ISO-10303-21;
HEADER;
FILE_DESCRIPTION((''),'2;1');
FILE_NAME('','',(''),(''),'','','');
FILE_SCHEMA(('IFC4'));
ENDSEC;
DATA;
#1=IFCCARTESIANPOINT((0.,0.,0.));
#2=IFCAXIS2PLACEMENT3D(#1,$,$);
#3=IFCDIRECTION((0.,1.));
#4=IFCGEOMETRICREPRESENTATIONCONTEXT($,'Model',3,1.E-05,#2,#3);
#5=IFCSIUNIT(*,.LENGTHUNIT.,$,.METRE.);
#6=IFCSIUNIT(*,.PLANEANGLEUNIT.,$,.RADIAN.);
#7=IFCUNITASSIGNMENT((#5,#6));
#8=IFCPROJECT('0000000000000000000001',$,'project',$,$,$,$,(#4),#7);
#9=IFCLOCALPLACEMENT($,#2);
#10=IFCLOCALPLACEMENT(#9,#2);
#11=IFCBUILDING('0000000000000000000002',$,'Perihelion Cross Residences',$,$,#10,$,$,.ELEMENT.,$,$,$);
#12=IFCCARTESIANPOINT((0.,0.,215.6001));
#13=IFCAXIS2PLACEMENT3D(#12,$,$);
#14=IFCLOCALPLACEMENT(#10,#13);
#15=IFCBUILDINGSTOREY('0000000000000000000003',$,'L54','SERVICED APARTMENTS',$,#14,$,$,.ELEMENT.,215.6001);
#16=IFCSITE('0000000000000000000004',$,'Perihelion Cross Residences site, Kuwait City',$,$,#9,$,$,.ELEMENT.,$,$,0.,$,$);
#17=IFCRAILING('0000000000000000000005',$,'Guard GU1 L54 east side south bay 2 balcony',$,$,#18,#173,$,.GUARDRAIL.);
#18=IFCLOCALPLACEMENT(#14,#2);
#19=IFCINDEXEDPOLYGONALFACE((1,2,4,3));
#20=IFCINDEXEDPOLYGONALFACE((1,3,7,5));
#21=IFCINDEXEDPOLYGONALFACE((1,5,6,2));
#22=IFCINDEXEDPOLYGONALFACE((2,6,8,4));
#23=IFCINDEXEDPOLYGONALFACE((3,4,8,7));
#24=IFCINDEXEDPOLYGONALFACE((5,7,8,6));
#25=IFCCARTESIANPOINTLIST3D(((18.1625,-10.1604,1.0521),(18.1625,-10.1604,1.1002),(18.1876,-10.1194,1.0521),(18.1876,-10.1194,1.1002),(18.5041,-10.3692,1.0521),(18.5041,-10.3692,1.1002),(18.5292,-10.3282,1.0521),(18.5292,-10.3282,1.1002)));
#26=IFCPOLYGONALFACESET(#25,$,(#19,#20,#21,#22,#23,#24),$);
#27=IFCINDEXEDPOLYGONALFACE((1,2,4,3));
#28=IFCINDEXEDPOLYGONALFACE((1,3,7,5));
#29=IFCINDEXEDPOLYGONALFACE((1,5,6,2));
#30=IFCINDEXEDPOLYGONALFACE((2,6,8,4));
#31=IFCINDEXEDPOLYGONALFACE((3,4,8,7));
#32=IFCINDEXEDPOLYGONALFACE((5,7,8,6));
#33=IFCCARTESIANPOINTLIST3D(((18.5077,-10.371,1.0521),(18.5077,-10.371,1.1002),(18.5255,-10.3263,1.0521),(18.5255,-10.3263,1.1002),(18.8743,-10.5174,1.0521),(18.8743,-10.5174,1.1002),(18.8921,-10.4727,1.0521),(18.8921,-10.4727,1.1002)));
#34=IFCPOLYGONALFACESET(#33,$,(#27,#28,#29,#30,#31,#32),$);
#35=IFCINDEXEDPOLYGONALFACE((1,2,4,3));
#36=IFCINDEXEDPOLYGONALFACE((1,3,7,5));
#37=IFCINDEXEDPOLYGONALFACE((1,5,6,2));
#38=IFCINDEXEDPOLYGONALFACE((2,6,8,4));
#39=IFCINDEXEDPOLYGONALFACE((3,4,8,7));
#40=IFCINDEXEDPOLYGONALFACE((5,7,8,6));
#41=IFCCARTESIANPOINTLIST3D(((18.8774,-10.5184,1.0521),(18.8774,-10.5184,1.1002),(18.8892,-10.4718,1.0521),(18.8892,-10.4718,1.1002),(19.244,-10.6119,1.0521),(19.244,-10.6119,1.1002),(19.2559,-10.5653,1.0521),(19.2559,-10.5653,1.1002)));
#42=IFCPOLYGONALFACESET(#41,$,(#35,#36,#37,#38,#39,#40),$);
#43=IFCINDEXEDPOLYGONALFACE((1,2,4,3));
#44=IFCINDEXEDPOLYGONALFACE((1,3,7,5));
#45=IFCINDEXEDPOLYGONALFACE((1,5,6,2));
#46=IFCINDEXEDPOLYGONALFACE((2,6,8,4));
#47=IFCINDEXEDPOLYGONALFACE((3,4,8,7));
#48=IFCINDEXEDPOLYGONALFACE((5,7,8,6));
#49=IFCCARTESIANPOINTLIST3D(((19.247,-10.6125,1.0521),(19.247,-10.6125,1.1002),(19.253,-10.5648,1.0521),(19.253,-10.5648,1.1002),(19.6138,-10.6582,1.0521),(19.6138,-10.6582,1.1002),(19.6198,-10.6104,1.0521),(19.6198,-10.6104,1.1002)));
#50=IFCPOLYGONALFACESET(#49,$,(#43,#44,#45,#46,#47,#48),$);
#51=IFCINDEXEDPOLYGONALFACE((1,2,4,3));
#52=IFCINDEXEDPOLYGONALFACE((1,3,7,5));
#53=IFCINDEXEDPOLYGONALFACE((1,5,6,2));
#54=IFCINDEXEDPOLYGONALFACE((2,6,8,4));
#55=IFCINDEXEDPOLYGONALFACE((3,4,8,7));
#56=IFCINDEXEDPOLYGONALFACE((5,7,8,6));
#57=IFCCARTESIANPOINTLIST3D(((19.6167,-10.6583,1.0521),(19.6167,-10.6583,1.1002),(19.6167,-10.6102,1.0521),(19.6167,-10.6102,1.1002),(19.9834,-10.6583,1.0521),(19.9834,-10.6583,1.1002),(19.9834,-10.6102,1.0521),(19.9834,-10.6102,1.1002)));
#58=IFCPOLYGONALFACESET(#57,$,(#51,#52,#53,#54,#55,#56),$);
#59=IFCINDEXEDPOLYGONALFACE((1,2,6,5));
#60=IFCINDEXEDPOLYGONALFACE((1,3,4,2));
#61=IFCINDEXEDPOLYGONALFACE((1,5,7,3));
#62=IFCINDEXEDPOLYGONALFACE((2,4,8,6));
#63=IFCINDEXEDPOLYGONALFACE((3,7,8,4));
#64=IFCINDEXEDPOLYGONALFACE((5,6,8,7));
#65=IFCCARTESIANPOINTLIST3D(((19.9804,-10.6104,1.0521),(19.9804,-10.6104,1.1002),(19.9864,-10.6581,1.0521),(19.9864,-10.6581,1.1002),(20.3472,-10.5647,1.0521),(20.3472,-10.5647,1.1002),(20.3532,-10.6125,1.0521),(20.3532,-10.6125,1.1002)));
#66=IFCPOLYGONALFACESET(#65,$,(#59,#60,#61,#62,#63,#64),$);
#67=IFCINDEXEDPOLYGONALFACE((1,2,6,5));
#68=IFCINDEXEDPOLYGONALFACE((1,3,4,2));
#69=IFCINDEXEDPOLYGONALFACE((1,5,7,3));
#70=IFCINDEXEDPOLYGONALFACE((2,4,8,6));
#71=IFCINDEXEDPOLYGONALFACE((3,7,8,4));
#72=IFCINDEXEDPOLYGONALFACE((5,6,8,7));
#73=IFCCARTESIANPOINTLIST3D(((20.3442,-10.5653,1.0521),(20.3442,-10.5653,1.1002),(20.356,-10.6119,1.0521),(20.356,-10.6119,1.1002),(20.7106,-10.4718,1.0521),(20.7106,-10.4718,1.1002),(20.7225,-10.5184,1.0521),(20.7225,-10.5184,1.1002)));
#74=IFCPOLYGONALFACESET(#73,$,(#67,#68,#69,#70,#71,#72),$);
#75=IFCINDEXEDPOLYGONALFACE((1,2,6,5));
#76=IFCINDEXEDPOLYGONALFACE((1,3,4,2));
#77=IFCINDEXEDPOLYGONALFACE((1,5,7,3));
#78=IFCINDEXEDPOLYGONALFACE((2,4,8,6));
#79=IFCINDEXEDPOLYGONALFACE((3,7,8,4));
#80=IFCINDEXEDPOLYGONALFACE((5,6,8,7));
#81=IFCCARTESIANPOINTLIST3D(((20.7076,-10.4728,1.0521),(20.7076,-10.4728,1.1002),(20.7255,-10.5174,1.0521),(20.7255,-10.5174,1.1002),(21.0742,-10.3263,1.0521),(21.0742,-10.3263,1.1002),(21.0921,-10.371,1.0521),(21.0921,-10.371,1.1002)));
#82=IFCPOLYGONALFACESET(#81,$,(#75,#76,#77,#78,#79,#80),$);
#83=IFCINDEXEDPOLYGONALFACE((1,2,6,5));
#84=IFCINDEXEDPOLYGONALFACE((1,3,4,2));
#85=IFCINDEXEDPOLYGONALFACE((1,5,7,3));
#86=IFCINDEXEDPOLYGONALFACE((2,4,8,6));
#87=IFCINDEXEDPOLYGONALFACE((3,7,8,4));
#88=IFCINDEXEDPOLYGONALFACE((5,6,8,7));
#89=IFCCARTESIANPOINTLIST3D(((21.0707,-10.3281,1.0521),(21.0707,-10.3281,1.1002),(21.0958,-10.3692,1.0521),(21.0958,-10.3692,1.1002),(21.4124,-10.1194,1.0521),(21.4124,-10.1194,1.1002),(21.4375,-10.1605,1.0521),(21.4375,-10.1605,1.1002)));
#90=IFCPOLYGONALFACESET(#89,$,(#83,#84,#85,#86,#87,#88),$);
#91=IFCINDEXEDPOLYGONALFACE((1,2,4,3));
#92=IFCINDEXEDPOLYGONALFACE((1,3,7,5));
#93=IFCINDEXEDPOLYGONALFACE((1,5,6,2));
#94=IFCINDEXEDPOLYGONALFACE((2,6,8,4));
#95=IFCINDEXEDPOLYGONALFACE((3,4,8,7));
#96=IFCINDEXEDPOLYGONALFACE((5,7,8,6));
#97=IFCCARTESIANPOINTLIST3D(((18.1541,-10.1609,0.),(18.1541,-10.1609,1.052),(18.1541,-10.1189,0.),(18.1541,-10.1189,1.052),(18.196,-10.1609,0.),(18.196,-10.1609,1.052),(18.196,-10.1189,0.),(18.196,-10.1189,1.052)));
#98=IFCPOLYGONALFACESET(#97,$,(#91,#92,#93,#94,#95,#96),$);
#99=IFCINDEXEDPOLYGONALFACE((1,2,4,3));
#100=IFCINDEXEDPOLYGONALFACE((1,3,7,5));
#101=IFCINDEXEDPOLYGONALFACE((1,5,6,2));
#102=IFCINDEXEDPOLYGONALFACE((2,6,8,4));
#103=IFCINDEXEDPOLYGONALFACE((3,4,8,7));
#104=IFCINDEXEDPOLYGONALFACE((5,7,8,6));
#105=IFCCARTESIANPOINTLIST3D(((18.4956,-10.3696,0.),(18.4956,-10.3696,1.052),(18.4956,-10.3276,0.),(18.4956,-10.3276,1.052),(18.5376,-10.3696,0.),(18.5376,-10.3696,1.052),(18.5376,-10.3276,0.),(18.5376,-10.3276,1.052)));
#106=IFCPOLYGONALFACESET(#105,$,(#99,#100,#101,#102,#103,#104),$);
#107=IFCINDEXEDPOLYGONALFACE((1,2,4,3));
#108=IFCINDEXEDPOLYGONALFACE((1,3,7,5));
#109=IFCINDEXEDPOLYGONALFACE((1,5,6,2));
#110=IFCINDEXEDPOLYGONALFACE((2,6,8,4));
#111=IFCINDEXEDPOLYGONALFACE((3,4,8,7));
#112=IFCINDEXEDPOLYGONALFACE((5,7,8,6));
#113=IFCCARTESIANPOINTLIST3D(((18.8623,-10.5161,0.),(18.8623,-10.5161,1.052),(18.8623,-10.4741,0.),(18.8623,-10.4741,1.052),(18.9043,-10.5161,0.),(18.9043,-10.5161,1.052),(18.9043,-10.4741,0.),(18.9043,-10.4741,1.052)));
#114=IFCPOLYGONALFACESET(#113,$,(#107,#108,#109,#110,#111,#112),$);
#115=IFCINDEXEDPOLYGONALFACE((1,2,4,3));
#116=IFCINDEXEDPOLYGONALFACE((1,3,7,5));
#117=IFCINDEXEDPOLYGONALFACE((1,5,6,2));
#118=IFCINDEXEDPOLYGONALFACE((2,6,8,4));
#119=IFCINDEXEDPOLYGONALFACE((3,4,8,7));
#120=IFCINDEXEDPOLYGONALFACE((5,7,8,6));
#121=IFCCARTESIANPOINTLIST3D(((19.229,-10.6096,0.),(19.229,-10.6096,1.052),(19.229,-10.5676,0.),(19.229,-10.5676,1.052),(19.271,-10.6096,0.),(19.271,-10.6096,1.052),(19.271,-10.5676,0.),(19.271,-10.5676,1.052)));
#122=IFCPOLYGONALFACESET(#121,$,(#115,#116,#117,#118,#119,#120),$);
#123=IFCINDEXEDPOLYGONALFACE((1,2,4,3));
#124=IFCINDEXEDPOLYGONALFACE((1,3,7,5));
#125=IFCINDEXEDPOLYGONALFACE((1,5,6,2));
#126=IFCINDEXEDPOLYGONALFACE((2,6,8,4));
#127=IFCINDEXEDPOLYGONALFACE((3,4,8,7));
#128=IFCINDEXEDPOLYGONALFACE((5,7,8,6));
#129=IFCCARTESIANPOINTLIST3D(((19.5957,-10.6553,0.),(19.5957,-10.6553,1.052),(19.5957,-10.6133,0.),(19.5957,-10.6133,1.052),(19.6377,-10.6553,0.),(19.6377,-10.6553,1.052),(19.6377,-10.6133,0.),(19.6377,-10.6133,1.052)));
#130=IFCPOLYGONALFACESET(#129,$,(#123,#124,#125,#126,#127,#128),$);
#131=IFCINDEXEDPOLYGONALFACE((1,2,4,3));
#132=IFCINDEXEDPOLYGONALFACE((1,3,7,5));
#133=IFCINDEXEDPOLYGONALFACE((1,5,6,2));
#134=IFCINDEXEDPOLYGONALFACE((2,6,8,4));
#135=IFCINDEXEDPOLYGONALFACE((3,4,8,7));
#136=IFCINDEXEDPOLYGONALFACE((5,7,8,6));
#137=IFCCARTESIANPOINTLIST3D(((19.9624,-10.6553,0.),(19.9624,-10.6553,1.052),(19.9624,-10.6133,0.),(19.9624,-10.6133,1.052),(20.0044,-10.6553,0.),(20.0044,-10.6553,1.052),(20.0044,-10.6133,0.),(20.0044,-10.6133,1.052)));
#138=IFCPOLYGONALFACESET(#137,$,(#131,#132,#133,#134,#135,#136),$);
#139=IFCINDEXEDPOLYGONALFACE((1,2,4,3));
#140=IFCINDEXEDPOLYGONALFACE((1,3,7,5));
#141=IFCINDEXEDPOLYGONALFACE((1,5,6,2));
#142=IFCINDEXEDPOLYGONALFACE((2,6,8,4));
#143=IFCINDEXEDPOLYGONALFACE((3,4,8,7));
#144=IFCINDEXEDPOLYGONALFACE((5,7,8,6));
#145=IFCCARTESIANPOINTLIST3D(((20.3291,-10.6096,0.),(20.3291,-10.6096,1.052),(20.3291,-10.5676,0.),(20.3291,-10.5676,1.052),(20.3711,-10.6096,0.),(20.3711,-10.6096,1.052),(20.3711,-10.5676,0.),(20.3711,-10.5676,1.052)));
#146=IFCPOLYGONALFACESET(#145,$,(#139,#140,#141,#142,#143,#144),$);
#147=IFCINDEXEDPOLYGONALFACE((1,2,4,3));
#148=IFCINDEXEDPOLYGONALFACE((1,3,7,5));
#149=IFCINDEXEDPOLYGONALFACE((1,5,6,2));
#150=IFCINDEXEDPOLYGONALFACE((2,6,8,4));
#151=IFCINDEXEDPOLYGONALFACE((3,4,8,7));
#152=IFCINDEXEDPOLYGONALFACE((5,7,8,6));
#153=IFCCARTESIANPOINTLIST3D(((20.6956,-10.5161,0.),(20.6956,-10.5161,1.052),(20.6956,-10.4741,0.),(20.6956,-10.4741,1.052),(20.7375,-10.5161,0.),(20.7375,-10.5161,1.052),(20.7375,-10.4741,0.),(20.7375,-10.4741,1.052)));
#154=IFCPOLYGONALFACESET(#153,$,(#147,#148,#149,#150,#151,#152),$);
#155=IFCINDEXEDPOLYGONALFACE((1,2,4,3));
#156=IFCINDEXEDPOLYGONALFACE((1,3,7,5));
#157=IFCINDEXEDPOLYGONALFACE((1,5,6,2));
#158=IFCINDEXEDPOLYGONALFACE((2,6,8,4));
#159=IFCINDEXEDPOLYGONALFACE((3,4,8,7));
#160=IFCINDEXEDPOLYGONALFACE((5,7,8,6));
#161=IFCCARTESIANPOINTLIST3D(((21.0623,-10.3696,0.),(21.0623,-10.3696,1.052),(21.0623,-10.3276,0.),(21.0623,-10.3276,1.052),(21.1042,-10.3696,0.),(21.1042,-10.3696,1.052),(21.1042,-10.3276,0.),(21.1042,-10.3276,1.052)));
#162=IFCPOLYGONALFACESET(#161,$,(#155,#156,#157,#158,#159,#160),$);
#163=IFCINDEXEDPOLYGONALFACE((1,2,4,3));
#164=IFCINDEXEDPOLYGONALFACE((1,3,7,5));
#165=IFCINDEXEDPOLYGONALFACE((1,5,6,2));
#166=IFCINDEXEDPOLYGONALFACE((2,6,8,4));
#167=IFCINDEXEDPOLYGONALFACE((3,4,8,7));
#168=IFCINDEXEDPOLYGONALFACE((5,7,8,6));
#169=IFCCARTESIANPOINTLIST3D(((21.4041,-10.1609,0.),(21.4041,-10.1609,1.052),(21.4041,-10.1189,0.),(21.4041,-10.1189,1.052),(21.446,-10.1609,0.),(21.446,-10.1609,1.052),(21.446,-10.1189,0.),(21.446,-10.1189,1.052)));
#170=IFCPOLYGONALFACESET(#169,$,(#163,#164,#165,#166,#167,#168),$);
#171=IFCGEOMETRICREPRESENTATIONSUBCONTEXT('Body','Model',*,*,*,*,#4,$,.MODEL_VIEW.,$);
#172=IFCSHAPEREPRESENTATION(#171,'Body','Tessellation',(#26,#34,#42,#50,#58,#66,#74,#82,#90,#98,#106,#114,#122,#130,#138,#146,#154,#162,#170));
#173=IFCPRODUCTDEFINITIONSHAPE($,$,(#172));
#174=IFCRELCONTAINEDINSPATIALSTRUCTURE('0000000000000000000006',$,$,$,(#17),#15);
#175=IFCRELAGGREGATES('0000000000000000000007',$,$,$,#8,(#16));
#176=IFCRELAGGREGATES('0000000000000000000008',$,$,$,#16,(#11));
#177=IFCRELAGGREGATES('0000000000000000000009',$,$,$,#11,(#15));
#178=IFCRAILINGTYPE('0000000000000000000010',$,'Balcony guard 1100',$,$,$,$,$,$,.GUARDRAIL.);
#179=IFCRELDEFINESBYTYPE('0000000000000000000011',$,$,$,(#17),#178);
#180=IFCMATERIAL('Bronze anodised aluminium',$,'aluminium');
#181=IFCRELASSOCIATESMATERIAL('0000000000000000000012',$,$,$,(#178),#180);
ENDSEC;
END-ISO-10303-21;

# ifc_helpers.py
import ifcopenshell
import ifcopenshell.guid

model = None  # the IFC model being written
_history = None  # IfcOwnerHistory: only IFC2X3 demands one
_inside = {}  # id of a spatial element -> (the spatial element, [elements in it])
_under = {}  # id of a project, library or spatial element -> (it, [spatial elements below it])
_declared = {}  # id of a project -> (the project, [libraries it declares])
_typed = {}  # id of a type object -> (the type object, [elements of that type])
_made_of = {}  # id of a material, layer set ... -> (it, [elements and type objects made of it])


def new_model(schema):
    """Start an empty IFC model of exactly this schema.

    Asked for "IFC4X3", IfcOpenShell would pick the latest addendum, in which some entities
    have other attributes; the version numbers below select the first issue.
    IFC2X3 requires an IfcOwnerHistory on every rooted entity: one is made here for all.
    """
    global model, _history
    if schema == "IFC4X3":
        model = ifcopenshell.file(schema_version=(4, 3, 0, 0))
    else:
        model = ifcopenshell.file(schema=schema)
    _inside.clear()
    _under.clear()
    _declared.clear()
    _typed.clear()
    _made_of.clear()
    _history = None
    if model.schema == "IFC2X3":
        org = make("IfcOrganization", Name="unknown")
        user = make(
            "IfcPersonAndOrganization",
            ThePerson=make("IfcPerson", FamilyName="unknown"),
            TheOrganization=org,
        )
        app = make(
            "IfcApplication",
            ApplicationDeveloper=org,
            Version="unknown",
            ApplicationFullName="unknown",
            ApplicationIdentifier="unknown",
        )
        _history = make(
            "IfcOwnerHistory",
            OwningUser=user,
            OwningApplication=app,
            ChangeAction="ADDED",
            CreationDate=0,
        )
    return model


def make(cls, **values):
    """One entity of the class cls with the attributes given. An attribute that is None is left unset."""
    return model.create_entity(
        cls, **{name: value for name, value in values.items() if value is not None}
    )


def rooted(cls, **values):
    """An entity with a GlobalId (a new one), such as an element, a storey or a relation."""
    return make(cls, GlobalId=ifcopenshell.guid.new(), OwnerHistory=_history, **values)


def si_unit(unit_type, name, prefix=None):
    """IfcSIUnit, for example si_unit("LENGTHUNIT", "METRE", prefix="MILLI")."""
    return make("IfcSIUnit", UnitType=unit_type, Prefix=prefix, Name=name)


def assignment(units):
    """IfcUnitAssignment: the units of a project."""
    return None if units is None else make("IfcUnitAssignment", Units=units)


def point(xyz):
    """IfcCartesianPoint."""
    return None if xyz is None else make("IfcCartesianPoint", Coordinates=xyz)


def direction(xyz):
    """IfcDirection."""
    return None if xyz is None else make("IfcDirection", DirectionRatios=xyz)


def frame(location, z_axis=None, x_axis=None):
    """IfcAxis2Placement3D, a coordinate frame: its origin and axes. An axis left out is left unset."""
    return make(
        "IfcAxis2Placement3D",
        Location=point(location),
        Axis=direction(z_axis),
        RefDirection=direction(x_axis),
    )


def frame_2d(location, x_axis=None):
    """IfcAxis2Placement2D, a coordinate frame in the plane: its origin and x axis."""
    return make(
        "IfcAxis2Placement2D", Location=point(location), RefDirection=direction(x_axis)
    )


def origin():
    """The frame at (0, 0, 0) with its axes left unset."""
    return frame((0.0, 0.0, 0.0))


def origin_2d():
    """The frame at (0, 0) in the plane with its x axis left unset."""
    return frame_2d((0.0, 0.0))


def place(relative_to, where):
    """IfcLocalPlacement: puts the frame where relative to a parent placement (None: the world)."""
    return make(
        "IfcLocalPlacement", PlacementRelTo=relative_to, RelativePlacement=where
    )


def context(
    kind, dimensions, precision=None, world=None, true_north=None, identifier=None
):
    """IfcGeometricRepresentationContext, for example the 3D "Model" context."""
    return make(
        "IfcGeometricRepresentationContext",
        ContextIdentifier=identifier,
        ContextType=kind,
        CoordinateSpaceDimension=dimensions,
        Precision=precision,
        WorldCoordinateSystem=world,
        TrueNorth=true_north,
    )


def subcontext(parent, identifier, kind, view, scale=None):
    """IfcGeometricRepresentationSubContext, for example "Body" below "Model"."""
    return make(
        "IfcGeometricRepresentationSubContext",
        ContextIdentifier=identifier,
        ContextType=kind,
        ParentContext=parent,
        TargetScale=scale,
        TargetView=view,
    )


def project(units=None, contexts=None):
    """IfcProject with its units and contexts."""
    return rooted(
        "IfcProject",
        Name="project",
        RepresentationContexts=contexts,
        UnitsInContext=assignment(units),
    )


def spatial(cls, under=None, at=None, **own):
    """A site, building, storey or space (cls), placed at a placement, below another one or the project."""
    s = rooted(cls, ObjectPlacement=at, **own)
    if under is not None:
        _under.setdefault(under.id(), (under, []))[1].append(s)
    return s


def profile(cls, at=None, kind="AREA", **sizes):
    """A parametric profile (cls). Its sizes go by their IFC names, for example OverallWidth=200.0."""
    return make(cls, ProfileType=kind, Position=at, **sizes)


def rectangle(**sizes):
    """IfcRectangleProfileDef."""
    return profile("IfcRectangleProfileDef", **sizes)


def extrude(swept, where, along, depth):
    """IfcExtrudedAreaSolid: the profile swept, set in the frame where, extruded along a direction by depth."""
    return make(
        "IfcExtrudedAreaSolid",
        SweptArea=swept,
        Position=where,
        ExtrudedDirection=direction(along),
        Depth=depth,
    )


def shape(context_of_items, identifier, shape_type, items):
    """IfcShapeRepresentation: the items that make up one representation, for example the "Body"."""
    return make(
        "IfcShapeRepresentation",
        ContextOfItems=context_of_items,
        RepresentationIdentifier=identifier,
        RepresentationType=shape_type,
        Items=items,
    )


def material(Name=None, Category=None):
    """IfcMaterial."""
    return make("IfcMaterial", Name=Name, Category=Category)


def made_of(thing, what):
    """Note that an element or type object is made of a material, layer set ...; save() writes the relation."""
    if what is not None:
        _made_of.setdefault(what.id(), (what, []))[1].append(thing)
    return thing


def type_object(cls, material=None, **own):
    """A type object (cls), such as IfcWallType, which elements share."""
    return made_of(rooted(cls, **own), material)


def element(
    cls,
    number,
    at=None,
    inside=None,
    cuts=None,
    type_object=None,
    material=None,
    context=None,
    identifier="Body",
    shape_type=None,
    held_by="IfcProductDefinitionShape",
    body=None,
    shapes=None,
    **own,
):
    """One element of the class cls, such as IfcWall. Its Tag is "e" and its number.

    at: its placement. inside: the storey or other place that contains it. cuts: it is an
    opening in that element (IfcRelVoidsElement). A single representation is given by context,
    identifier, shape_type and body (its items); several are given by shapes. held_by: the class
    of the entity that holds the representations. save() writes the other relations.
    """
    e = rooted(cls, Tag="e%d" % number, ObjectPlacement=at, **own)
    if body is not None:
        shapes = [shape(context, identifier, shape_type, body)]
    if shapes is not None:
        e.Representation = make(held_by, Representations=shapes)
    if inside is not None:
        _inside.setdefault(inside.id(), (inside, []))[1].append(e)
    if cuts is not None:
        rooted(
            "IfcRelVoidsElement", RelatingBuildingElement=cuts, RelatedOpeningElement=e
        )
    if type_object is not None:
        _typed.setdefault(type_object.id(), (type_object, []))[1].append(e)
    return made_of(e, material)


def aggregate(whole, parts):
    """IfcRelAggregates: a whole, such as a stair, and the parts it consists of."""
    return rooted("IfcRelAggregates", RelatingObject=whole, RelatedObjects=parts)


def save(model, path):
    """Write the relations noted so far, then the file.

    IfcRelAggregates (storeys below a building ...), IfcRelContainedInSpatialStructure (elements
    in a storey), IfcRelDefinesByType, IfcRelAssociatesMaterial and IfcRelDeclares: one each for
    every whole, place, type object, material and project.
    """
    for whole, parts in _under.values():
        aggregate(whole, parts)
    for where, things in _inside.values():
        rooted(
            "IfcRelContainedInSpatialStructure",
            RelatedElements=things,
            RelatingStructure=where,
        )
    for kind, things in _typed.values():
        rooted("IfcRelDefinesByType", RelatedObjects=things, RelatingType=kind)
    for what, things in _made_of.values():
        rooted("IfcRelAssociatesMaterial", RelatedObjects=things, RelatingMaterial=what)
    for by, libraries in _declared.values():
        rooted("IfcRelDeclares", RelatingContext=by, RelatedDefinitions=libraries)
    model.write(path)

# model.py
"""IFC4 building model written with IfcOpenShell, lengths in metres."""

from ifc_helpers import new_model, si_unit, direction, frame, origin, origin_2d, place, context, subcontext, project, spatial, rectangle, extrude, material, type_object, element, save


model = new_model("IFC4")

# Units and contexts
model_context = context("Model", 3, precision=1e-05, world=origin(), true_north=direction((0.0, 1.0)))
body_context = subcontext(model_context, "Body", "Model", "MODEL_VIEW")
ifc_project = project(units=[si_unit("LENGTHUNIT", "METRE"), si_unit("PLANEANGLEUNIT", "RADIAN")], contexts=[model_context])

# Site, building, storey
site_placement = place(None, origin())
site = spatial("IfcSite", under=ifc_project, at=site_placement, Name="Perihelion Cross Residences site, Kuwait City", CompositionType="ELEMENT", RefElevation=0.0)
building_placement = place(site_placement, origin())
building = spatial("IfcBuilding", under=site, at=building_placement, Name="Perihelion Cross Residences", CompositionType="ELEMENT")
storey_placement = place(building_placement, frame((0.0, 0.0, 215.6001)))
storey = spatial("IfcBuildingStorey", under=building, at=storey_placement, Name="L54", Description="SERVICED APARTMENTS", CompositionType="ELEMENT", Elevation=215.6001)

# Railing
ifc_material_1 = material(Name="Bronze anodised aluminium", Category="aluminium")
railing_type = type_object("IfcRailingType", Name="Balcony guard 1100", PredefinedType="GUARDRAIL", material=ifc_material_1)
railing_1_placement = place(storey_placement, frame((18.175, -10.1399, 0.0)))
element("IfcRailing", 1, at=railing_1_placement, inside=storey, type_object=railing_type, Name="Guard GU1 L54 east side south bay 2 balcony", PredefinedType="GUARDRAIL", context=body_context, shape_type="SweptSolid", body=[
    extrude(rectangle(XDim=0.0481, YDim=0.0481, at=origin_2d()), frame((0.0, 0.0, 1.0762), z_axis=(0.853267, -0.521475, 0.0), x_axis=(0.521475, 0.853267, 0.0)), (0.0, 0.0, 1.0), 0.4004),
    extrude(rectangle(XDim=0.0481, YDim=0.0481, at=origin_2d()), frame((0.3416, -0.2087, 1.0762), z_axis=(0.928647, -0.370964, 0.0), x_axis=(0.370964, 0.928647, 0.0)), (0.0, 0.0, 1.0), 0.3948),
    extrude(rectangle(XDim=0.0481, YDim=0.0481, at=origin_2d()), frame((0.7083, -0.3552, 1.0762), z_axis=(0.968993, -0.247087, 0.0), x_axis=(0.247087, 0.968993, 0.0)), (0.0, 0.0, 1.0), 0.3784),
    extrude(rectangle(XDim=0.0481, YDim=0.0481, at=origin_2d()), frame((1.075, -0.4487, 1.0762), z_axis=(0.992339, -0.123547, 0.0), x_axis=(0.123547, 0.992339, 0.0)), (0.0, 0.0, 1.0), 0.3696),
    extrude(rectangle(XDim=0.0481, YDim=0.0481, at=origin_2d()), frame((1.4417, -0.4944, 1.0762), z_axis=(1.0, 0.0, 0.0), x_axis=(0.0, 1.0, 0.0)), (0.0, 0.0, 1.0), 0.3667),
    extrude(rectangle(XDim=0.0481, YDim=0.0481, at=origin_2d()), frame((1.8083, -0.4944, 1.0762), z_axis=(0.992339, 0.123547, 0.0), x_axis=(-0.123547, 0.992339, 0.0)), (0.0, 0.0, 1.0), 0.3696),
    extrude(rectangle(XDim=0.0481, YDim=0.0481, at=origin_2d()), frame((2.175, -0.4487, 1.0762), z_axis=(0.968954, 0.247241, 0.0), x_axis=(-0.247241, 0.968954, 0.0)), (0.0, 0.0, 1.0), 0.3782),
    extrude(rectangle(XDim=0.0481, YDim=0.0481, at=origin_2d()), frame((2.5415, -0.3552, 1.0762), z_axis=(0.928647, 0.370964, 0.0), x_axis=(-0.370964, 0.928647, 0.0)), (0.0, 0.0, 1.0), 0.3948),
    extrude(rectangle(XDim=0.0481, YDim=0.0481, at=origin_2d()), frame((2.9082, -0.2087, 1.0762), z_axis=(0.853432, 0.521203, 0.0), x_axis=(-0.521203, 0.853432, 0.0)), (0.0, 0.0, 1.0), 0.4004),
    extrude(rectangle(XDim=0.042, YDim=0.042, at=origin_2d()), origin(), (0.0, 0.0, 1.0), 1.052),
    extrude(rectangle(XDim=0.042, YDim=0.042, at=origin_2d()), frame((0.3416, -0.2087, 0.0)), (0.0, 0.0, 1.0), 1.052),
    extrude(rectangle(XDim=0.042, YDim=0.042, at=origin_2d()), frame((0.7083, -0.3552, 0.0)), (0.0, 0.0, 1.0), 1.052),
    extrude(rectangle(XDim=0.042, YDim=0.042, at=origin_2d()), frame((1.075, -0.4487, 0.0)), (0.0, 0.0, 1.0), 1.052),
    extrude(rectangle(XDim=0.042, YDim=0.042, at=origin_2d()), frame((1.4417, -0.4944, 0.0)), (0.0, 0.0, 1.0), 1.052),
    extrude(rectangle(XDim=0.042, YDim=0.042, at=origin_2d()), frame((1.8083, -0.4944, 0.0)), (0.0, 0.0, 1.0), 1.052),
    extrude(rectangle(XDim=0.042, YDim=0.042, at=origin_2d()), frame((2.175, -0.4487, 0.0)), (0.0, 0.0, 1.0), 1.052),
    extrude(rectangle(XDim=0.042, YDim=0.042, at=origin_2d()), frame((2.5415, -0.3552, 0.0)), (0.0, 0.0, 1.0), 1.052),
    extrude(rectangle(XDim=0.042, YDim=0.042, at=origin_2d()), frame((2.9082, -0.2087, 0.0)), (0.0, 0.0, 1.0), 1.052),
    extrude(rectangle(XDim=0.042, YDim=0.042, at=origin_2d()), frame((3.25, 0.0, 0.0)), (0.0, 0.0, 1.0), 1.052),
])

save(model, "model.ifc")
